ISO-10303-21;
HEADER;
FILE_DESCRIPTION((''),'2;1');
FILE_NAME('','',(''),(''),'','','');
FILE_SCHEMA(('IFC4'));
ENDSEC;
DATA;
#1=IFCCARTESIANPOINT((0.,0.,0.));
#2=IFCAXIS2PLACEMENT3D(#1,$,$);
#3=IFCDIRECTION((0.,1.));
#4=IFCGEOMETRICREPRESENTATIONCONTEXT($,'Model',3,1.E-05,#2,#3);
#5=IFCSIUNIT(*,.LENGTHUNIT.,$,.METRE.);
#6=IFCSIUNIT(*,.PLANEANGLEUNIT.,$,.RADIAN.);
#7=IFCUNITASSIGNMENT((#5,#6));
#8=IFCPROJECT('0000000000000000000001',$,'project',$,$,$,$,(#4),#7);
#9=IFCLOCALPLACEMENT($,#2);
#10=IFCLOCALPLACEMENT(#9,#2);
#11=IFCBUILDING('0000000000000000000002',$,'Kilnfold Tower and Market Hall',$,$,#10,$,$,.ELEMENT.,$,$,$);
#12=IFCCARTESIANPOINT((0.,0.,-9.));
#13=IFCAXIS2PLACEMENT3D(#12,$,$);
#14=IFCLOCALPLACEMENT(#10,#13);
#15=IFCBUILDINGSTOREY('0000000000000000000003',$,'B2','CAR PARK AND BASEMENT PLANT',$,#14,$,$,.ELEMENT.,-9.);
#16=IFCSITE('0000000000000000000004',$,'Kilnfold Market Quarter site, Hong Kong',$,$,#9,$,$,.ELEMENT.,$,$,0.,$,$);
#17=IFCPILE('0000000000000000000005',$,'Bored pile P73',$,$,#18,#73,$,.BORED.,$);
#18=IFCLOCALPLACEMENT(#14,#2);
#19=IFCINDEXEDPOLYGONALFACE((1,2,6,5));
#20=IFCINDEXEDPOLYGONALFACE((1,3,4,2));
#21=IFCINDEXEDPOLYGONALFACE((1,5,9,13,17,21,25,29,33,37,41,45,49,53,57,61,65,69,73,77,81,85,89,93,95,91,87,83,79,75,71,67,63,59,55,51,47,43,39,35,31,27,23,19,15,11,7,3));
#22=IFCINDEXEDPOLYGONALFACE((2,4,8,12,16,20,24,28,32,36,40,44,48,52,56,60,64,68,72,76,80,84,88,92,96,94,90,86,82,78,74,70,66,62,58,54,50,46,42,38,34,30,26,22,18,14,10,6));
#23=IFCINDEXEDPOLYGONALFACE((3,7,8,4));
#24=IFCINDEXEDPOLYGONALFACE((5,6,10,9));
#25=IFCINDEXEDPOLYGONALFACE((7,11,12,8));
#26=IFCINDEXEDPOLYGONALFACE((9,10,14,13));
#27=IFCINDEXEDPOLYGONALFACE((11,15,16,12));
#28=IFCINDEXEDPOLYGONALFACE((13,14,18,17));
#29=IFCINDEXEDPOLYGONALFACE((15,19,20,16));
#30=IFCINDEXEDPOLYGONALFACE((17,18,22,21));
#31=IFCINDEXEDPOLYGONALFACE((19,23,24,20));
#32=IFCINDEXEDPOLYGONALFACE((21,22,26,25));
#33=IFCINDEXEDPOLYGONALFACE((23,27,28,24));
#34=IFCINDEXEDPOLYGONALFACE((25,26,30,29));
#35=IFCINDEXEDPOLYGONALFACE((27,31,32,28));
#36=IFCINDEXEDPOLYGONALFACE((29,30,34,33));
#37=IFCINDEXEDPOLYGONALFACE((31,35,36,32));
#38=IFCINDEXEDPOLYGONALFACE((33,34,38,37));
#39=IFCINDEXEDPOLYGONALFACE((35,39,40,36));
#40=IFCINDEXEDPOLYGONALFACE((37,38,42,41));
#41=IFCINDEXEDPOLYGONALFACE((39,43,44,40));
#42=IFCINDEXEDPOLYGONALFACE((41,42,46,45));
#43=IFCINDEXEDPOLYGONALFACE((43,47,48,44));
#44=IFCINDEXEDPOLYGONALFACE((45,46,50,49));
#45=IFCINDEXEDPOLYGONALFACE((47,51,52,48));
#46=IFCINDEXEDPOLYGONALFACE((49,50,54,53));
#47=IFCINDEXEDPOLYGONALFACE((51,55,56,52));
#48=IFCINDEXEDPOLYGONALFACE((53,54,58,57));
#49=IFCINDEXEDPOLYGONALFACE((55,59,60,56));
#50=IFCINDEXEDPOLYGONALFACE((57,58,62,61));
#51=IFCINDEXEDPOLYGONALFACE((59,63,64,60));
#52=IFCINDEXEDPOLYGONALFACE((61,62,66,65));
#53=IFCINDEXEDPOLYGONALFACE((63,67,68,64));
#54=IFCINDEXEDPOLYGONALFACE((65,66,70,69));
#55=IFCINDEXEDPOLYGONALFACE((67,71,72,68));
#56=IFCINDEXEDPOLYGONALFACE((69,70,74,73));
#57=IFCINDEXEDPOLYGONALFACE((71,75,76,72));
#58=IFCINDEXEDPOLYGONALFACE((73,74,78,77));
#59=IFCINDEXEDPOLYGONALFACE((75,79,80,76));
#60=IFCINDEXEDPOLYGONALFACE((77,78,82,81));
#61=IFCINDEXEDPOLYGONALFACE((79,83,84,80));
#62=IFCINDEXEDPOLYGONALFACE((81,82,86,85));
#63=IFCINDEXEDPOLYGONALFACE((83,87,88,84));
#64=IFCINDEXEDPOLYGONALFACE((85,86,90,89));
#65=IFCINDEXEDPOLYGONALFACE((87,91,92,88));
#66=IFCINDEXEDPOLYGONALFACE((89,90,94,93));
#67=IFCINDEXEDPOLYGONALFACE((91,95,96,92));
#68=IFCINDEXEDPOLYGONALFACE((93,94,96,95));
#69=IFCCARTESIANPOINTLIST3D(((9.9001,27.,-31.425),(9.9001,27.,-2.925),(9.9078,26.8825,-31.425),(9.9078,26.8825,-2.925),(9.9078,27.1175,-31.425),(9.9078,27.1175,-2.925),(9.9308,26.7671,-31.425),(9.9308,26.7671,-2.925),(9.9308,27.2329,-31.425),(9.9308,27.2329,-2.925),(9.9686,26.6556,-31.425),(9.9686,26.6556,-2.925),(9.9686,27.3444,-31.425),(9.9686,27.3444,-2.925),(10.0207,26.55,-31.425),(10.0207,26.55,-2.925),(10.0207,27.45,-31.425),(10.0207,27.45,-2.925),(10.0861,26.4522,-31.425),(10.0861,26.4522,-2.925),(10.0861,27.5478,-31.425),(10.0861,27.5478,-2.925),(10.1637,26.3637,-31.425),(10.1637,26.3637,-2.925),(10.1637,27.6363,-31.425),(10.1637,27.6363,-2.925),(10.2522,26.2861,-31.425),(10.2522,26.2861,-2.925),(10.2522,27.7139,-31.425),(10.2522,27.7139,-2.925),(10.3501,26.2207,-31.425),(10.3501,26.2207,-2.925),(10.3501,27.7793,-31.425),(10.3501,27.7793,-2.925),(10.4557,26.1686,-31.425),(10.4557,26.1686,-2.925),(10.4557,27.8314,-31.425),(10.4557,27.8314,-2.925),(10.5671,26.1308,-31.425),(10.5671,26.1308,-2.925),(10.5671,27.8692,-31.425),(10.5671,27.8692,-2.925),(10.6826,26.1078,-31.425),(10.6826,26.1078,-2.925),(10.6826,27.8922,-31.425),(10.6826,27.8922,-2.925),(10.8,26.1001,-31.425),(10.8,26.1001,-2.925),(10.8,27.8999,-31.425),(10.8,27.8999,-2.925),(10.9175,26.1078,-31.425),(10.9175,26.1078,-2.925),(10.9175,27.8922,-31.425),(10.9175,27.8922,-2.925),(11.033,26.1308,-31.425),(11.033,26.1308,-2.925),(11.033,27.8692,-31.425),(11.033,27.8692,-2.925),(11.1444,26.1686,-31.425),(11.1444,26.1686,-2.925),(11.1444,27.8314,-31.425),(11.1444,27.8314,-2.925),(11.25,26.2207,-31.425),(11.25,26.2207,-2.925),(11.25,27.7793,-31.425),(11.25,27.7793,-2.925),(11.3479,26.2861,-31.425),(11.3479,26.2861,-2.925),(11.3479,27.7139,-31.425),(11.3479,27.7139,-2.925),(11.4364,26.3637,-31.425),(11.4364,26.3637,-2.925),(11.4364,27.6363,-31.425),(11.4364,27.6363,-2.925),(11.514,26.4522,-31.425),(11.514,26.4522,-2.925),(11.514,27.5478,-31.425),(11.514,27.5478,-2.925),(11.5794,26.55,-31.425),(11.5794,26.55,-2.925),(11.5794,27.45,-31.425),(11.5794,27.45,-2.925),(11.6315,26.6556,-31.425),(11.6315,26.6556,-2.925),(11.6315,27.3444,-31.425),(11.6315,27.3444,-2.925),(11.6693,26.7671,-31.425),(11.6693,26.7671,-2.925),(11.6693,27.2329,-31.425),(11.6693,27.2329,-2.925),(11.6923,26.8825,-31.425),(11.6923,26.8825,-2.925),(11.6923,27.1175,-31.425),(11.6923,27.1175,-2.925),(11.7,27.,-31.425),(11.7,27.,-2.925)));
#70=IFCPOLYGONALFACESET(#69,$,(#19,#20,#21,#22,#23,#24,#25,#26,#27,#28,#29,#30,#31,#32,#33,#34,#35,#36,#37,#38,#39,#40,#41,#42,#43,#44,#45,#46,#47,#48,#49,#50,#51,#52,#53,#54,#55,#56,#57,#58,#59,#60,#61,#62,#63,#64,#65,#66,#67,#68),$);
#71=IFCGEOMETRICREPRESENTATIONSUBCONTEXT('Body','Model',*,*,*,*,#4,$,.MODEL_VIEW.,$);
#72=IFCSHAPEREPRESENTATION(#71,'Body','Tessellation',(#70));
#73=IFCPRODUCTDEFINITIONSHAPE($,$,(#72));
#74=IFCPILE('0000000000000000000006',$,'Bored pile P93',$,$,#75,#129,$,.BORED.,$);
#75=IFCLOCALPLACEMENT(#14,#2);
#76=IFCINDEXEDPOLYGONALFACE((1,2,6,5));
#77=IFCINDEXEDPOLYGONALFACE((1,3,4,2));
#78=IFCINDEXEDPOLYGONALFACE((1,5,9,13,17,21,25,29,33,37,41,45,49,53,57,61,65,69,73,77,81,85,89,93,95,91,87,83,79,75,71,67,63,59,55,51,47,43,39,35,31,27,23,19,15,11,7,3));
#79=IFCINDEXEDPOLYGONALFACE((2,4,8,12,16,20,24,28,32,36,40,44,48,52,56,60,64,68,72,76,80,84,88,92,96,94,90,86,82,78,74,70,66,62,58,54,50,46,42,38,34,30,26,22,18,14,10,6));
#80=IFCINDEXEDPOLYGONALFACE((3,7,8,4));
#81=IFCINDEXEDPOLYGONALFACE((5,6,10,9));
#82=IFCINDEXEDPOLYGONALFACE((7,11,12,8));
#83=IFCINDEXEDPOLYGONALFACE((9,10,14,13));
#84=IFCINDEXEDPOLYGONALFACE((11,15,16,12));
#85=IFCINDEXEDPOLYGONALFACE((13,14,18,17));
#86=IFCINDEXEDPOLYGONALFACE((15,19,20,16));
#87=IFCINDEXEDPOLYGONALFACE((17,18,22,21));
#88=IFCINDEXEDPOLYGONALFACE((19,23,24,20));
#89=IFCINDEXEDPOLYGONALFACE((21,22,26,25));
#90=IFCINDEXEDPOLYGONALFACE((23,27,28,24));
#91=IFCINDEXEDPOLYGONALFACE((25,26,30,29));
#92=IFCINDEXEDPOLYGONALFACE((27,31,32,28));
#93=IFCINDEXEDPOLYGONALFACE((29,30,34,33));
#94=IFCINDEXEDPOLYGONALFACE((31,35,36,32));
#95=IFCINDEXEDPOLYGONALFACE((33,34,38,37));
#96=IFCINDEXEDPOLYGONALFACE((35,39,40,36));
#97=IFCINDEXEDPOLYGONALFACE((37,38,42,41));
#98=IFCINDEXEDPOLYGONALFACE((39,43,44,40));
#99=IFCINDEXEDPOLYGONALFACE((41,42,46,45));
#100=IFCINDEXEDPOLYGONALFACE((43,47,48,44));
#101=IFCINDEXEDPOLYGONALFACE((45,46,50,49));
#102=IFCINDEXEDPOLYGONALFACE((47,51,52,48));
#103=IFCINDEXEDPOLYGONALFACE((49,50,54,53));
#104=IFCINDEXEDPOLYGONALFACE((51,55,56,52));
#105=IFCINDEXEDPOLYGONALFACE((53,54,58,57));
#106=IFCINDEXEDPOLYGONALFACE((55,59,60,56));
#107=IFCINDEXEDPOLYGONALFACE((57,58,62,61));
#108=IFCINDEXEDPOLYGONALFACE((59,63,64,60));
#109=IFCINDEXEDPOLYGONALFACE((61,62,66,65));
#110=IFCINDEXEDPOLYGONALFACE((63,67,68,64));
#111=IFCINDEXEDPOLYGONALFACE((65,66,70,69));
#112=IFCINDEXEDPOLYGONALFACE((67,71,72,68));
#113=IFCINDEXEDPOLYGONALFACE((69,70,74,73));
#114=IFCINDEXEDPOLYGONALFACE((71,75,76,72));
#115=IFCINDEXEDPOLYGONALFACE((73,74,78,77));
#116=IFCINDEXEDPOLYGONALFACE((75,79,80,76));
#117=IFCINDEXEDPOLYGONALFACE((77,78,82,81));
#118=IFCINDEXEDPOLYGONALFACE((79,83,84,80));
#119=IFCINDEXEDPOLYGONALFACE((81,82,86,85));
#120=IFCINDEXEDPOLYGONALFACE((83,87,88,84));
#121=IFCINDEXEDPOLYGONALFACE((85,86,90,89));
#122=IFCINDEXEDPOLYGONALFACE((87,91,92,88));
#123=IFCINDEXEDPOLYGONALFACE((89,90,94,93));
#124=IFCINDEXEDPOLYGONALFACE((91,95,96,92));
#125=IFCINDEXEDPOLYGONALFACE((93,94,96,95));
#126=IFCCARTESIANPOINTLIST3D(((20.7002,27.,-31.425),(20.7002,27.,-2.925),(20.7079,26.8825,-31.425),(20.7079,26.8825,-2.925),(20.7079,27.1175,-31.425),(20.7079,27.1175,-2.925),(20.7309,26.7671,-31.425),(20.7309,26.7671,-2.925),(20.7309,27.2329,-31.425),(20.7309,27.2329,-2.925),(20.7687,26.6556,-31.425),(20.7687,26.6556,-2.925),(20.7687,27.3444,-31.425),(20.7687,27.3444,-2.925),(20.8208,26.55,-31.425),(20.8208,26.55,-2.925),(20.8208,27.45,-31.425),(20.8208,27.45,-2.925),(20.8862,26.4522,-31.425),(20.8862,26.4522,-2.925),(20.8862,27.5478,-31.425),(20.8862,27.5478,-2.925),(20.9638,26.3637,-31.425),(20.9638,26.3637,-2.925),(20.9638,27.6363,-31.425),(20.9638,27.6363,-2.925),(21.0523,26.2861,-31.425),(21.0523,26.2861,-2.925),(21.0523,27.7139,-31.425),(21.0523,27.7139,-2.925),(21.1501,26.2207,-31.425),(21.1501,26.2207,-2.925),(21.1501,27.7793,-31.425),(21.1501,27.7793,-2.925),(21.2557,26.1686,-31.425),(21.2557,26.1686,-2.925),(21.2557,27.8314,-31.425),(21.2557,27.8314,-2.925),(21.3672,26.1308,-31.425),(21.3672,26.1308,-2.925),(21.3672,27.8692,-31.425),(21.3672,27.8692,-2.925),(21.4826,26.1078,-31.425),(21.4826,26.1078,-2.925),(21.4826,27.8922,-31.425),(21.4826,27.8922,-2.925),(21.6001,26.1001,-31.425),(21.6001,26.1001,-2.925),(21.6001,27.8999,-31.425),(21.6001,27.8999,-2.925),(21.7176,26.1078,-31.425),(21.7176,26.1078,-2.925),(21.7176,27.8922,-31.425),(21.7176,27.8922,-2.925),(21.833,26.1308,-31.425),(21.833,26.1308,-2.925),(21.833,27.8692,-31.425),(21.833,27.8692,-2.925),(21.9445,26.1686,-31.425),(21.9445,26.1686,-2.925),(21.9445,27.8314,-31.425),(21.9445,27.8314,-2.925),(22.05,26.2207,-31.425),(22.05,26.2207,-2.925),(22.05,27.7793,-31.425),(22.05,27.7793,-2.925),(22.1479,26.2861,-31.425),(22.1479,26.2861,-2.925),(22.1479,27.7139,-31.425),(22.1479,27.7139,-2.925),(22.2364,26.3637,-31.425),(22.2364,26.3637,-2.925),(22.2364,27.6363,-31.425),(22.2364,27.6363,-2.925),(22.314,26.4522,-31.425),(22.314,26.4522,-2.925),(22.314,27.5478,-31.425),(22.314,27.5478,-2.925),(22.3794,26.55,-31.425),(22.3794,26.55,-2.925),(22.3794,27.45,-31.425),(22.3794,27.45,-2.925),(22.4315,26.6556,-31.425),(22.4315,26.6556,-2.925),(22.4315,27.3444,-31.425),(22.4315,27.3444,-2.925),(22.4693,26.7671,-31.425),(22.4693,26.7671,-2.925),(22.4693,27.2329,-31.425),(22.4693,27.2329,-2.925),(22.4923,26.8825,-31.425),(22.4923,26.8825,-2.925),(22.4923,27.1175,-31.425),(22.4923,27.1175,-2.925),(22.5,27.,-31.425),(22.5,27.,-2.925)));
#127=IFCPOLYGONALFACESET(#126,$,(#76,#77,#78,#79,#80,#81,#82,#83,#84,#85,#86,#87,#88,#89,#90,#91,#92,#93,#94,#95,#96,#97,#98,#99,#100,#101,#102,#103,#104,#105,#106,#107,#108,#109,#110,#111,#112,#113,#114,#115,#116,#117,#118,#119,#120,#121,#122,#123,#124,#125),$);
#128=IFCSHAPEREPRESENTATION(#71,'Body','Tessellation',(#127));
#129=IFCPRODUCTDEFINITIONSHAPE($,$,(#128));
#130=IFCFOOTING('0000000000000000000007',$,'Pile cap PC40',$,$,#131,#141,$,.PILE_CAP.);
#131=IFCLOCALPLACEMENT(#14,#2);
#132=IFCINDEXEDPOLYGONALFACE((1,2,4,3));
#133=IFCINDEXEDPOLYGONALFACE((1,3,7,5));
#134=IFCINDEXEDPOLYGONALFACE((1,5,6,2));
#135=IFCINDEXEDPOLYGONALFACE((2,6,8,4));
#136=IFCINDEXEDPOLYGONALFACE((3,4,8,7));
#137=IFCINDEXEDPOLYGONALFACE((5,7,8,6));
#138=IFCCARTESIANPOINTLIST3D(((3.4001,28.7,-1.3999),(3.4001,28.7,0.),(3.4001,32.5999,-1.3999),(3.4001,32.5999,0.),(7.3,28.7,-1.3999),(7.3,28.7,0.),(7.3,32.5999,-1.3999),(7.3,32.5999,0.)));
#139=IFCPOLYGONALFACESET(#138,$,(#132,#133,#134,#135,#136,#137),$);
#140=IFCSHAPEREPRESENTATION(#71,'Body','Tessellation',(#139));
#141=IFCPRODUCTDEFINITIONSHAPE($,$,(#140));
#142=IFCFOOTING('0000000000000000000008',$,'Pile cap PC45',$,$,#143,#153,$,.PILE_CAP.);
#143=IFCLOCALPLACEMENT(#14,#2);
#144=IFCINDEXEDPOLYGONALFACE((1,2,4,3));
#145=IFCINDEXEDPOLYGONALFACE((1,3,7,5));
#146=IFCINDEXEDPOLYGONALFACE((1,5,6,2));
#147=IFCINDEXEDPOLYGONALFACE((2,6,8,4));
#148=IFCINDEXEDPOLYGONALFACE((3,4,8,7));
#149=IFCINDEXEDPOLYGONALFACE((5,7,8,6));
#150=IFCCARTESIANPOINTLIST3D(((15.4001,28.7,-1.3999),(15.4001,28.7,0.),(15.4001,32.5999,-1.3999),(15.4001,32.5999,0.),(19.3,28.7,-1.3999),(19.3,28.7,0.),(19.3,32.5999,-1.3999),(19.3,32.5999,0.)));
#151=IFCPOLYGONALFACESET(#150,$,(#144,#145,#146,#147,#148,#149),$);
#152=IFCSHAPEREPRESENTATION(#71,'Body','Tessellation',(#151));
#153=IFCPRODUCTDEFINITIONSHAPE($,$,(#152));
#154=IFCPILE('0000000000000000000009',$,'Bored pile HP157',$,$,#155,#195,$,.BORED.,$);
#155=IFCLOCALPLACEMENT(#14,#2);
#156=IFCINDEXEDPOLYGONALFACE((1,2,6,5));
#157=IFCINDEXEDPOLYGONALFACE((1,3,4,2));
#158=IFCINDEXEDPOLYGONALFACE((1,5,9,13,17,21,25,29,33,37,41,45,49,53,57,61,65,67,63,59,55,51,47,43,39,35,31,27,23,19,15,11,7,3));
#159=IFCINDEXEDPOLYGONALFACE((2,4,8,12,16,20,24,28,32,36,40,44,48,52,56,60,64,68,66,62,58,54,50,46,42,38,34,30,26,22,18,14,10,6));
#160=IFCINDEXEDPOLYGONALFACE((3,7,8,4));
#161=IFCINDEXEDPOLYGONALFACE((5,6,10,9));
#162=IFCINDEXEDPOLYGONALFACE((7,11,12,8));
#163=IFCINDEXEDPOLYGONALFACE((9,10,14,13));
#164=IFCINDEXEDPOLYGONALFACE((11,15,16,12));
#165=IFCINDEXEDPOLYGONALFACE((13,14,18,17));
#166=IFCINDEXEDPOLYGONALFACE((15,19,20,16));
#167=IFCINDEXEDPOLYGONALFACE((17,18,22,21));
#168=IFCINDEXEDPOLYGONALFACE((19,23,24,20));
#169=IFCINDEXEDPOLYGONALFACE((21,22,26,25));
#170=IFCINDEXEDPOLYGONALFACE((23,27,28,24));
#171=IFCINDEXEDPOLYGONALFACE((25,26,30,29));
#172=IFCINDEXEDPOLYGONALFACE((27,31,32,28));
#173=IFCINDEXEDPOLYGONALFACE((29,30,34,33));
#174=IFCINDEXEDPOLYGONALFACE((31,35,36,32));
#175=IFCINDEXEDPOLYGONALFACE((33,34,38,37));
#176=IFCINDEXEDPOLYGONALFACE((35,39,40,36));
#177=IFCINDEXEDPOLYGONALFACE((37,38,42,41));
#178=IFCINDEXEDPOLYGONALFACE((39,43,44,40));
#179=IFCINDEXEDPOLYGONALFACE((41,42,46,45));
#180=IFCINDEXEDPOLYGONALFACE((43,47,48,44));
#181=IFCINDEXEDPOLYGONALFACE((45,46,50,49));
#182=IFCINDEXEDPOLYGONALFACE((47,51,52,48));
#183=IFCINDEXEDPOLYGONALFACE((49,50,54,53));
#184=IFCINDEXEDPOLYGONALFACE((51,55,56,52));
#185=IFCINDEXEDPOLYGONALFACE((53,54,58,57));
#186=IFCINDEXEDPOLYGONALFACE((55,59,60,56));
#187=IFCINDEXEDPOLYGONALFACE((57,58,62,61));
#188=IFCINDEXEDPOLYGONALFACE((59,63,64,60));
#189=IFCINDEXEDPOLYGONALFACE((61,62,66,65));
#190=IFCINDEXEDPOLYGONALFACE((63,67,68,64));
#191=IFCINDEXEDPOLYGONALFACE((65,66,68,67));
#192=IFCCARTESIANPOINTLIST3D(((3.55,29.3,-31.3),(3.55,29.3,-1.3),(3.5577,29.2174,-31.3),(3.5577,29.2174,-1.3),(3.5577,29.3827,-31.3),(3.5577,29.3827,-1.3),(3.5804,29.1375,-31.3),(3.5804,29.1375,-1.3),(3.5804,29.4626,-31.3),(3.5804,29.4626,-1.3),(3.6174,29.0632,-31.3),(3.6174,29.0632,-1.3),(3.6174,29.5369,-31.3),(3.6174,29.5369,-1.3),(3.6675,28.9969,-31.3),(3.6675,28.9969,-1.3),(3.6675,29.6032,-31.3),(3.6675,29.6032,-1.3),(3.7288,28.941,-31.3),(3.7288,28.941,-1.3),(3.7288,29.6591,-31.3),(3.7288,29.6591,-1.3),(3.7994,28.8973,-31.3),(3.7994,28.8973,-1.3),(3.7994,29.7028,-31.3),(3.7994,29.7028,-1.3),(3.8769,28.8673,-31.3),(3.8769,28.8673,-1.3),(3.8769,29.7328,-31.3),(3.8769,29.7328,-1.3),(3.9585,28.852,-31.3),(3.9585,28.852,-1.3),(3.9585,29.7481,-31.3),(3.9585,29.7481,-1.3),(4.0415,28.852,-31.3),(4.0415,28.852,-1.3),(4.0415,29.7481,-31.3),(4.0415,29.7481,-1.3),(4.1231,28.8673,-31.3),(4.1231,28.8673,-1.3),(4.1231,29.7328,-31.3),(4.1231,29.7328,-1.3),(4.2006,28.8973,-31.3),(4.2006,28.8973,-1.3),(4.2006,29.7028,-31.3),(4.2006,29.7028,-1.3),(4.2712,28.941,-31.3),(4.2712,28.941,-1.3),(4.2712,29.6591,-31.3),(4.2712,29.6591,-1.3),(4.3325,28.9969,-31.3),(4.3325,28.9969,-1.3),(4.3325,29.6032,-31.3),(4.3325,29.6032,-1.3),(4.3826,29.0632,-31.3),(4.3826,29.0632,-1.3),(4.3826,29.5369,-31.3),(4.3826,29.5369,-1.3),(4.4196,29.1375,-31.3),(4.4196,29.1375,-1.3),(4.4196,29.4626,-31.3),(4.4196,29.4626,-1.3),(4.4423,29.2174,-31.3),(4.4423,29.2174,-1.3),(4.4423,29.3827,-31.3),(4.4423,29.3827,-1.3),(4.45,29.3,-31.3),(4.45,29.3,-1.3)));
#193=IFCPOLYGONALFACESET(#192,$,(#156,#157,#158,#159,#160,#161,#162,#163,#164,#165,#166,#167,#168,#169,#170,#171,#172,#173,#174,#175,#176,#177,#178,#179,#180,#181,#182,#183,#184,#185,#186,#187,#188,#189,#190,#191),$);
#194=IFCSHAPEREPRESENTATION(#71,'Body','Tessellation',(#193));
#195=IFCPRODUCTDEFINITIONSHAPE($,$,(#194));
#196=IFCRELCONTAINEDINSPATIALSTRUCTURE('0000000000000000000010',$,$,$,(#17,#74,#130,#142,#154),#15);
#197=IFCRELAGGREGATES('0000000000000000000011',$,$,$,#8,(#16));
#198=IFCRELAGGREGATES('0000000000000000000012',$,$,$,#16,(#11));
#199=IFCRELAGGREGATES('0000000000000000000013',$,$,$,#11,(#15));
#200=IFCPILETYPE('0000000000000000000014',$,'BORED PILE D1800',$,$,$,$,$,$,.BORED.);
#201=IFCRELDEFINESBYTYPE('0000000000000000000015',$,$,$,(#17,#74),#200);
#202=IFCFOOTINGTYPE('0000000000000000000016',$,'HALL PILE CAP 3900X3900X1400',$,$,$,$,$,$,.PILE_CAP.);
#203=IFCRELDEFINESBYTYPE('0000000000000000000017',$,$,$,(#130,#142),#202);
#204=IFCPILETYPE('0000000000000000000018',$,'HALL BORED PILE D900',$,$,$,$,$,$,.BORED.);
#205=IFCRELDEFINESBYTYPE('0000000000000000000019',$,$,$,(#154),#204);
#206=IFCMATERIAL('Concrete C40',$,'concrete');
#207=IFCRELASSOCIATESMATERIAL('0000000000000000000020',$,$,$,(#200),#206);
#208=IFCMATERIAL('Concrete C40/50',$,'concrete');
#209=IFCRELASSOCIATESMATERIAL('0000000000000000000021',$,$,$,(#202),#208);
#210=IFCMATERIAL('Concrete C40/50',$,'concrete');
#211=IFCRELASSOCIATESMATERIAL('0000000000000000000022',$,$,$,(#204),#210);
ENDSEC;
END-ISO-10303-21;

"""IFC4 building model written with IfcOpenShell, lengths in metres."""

from ifc_helpers import new_model, si_unit, direction, frame, origin, origin_2d, place, context, subcontext, project, spatial, rectangle, circle, extrude, source, transform, mapped, material, material_profile, profile_set, type_object, element, save


model = new_model("IFC4")

# Units and contexts
model_context = context("Model", 3, precision=1e-05, world=origin(), true_north=direction((0.0, 1.0)))
body_context = subcontext(model_context, "Body", "Model", "MODEL_VIEW")
ifc_project = project(units=[si_unit("LENGTHUNIT", "METRE"), si_unit("PLANEANGLEUNIT", "RADIAN")], contexts=[model_context])

# Site, building, storey
site_placement = place(None, origin())
site = spatial("IfcSite", under=ifc_project, at=site_placement, Name="Kilnfold Market Quarter site, Hong Kong", CompositionType="ELEMENT", RefElevation=0.0)
building_placement = place(site_placement, origin())
building = spatial("IfcBuilding", under=site, at=building_placement, Name="Kilnfold Tower and Market Hall", CompositionType="ELEMENT")
storey_placement = place(building_placement, frame((0.0, 0.0, -9.0)))
storey = spatial("IfcBuildingStorey", under=building, at=storey_placement, Name="B2", Description="CAR PARK AND BASEMENT PLANT", CompositionType="ELEMENT", Elevation=-9.0)

# Piles
ifc_material_1 = material(Name="Concrete C40", Category="concrete")
ifc_material_profile_1 = material_profile(ifc_material_1, circle(Radius=0.8999, at=origin_2d()), Name="RC D1800")
ifc_profile_set_1 = profile_set([ifc_material_profile_1], Name="Concrete C40")
pile_type_1 = type_object("IfcPileType", Name="BORED PILE D1800", PredefinedType="BORED", material=ifc_profile_set_1)
shared_shape_1 = source(origin(), body_context, "Body", "SweptSolid", [
    extrude(circle(Radius=0.8999, at=origin_2d()), origin(), (0.0, 0.0, 1.0), 28.5),
])
for number, where, z_axis, x_axis, name in (
    (1, (10.8, 27.0, -2.925), (0.0, 0.0, -1.0), (1.0, 0.0, 0.0), "Bored pile P73"),
    (2, (21.6001, 27.0, -2.925), (0.0, 0.0, -1.0), (1.0, 0.0, 0.0), "Bored pile P93"),
):
    element("IfcPile", number, at=place(storey_placement, frame(where, z_axis=z_axis, x_axis=x_axis)), inside=storey, type_object=pile_type_1, Name=name, PredefinedType="BORED", context=body_context, shape_type="MappedRepresentation", body=[
        mapped(shared_shape_1, transform((0.0, 0.0, 0.0))),
    ])

# Footings
ifc_material_2 = material(Name="Concrete C40/50", Category="concrete")
footing_type = type_object("IfcFootingType", Name="HALL PILE CAP 3900X3900X1400", PredefinedType="PILE_CAP", material=ifc_material_2)
shared_shape_2 = source(origin(), body_context, "Body", "SweptSolid", [
    extrude(rectangle(XDim=3.8999, YDim=3.8999, at=origin_2d()), origin(), (0.0, 0.0, 1.0), 1.3999),
])
for number, where, z_axis, x_axis, name in (
    (3, (5.3501, 30.6499, -1.3999), (0.0, 0.0, 1.0), (1.0, 0.0, 0.0), "Pile cap PC40"),
    (4, (17.3501, 30.6499, -1.3999), (0.0, 0.0, 1.0), (1.0, 0.0, 0.0), "Pile cap PC45"),
):
    element("IfcFooting", number, at=place(storey_placement, frame(where, z_axis=z_axis, x_axis=x_axis)), inside=storey, type_object=footing_type, Name=name, PredefinedType="PILE_CAP", context=body_context, shape_type="MappedRepresentation", body=[
        mapped(shared_shape_2, transform((0.0, 0.0, 0.0))),
    ])

# Pile
ifc_material_3 = material(Name="Concrete C40/50", Category="concrete")
ifc_material_profile_2 = material_profile(ifc_material_3, circle(Radius=0.45, at=origin_2d()), Name="D900")
ifc_profile_set_2 = profile_set([ifc_material_profile_2], Name="Concrete C40/50")
pile_type_2 = type_object("IfcPileType", Name="HALL BORED PILE D900", PredefinedType="BORED", material=ifc_profile_set_2)
shared_shape_3 = source(origin(), body_context, "Body", "SweptSolid", [
    extrude(circle(Radius=0.45, at=origin_2d()), origin(), (0.0, 0.0, 1.0), 30.0),
])
for number, where, z_axis, x_axis, name in (
    (5, (4.0, 29.3, -1.3), (0.0, 0.0, -1.0), (1.0, 0.0, 0.0), "Bored pile HP157"),
):
    element("IfcPile", number, at=place(storey_placement, frame(where, z_axis=z_axis, x_axis=x_axis)), inside=storey, type_object=pile_type_2, Name=name, PredefinedType="BORED", context=body_context, shape_type="MappedRepresentation", body=[
        mapped(shared_shape_3, transform((0.0, 0.0, 0.0))),
    ])

save(model, "model.ifc")
